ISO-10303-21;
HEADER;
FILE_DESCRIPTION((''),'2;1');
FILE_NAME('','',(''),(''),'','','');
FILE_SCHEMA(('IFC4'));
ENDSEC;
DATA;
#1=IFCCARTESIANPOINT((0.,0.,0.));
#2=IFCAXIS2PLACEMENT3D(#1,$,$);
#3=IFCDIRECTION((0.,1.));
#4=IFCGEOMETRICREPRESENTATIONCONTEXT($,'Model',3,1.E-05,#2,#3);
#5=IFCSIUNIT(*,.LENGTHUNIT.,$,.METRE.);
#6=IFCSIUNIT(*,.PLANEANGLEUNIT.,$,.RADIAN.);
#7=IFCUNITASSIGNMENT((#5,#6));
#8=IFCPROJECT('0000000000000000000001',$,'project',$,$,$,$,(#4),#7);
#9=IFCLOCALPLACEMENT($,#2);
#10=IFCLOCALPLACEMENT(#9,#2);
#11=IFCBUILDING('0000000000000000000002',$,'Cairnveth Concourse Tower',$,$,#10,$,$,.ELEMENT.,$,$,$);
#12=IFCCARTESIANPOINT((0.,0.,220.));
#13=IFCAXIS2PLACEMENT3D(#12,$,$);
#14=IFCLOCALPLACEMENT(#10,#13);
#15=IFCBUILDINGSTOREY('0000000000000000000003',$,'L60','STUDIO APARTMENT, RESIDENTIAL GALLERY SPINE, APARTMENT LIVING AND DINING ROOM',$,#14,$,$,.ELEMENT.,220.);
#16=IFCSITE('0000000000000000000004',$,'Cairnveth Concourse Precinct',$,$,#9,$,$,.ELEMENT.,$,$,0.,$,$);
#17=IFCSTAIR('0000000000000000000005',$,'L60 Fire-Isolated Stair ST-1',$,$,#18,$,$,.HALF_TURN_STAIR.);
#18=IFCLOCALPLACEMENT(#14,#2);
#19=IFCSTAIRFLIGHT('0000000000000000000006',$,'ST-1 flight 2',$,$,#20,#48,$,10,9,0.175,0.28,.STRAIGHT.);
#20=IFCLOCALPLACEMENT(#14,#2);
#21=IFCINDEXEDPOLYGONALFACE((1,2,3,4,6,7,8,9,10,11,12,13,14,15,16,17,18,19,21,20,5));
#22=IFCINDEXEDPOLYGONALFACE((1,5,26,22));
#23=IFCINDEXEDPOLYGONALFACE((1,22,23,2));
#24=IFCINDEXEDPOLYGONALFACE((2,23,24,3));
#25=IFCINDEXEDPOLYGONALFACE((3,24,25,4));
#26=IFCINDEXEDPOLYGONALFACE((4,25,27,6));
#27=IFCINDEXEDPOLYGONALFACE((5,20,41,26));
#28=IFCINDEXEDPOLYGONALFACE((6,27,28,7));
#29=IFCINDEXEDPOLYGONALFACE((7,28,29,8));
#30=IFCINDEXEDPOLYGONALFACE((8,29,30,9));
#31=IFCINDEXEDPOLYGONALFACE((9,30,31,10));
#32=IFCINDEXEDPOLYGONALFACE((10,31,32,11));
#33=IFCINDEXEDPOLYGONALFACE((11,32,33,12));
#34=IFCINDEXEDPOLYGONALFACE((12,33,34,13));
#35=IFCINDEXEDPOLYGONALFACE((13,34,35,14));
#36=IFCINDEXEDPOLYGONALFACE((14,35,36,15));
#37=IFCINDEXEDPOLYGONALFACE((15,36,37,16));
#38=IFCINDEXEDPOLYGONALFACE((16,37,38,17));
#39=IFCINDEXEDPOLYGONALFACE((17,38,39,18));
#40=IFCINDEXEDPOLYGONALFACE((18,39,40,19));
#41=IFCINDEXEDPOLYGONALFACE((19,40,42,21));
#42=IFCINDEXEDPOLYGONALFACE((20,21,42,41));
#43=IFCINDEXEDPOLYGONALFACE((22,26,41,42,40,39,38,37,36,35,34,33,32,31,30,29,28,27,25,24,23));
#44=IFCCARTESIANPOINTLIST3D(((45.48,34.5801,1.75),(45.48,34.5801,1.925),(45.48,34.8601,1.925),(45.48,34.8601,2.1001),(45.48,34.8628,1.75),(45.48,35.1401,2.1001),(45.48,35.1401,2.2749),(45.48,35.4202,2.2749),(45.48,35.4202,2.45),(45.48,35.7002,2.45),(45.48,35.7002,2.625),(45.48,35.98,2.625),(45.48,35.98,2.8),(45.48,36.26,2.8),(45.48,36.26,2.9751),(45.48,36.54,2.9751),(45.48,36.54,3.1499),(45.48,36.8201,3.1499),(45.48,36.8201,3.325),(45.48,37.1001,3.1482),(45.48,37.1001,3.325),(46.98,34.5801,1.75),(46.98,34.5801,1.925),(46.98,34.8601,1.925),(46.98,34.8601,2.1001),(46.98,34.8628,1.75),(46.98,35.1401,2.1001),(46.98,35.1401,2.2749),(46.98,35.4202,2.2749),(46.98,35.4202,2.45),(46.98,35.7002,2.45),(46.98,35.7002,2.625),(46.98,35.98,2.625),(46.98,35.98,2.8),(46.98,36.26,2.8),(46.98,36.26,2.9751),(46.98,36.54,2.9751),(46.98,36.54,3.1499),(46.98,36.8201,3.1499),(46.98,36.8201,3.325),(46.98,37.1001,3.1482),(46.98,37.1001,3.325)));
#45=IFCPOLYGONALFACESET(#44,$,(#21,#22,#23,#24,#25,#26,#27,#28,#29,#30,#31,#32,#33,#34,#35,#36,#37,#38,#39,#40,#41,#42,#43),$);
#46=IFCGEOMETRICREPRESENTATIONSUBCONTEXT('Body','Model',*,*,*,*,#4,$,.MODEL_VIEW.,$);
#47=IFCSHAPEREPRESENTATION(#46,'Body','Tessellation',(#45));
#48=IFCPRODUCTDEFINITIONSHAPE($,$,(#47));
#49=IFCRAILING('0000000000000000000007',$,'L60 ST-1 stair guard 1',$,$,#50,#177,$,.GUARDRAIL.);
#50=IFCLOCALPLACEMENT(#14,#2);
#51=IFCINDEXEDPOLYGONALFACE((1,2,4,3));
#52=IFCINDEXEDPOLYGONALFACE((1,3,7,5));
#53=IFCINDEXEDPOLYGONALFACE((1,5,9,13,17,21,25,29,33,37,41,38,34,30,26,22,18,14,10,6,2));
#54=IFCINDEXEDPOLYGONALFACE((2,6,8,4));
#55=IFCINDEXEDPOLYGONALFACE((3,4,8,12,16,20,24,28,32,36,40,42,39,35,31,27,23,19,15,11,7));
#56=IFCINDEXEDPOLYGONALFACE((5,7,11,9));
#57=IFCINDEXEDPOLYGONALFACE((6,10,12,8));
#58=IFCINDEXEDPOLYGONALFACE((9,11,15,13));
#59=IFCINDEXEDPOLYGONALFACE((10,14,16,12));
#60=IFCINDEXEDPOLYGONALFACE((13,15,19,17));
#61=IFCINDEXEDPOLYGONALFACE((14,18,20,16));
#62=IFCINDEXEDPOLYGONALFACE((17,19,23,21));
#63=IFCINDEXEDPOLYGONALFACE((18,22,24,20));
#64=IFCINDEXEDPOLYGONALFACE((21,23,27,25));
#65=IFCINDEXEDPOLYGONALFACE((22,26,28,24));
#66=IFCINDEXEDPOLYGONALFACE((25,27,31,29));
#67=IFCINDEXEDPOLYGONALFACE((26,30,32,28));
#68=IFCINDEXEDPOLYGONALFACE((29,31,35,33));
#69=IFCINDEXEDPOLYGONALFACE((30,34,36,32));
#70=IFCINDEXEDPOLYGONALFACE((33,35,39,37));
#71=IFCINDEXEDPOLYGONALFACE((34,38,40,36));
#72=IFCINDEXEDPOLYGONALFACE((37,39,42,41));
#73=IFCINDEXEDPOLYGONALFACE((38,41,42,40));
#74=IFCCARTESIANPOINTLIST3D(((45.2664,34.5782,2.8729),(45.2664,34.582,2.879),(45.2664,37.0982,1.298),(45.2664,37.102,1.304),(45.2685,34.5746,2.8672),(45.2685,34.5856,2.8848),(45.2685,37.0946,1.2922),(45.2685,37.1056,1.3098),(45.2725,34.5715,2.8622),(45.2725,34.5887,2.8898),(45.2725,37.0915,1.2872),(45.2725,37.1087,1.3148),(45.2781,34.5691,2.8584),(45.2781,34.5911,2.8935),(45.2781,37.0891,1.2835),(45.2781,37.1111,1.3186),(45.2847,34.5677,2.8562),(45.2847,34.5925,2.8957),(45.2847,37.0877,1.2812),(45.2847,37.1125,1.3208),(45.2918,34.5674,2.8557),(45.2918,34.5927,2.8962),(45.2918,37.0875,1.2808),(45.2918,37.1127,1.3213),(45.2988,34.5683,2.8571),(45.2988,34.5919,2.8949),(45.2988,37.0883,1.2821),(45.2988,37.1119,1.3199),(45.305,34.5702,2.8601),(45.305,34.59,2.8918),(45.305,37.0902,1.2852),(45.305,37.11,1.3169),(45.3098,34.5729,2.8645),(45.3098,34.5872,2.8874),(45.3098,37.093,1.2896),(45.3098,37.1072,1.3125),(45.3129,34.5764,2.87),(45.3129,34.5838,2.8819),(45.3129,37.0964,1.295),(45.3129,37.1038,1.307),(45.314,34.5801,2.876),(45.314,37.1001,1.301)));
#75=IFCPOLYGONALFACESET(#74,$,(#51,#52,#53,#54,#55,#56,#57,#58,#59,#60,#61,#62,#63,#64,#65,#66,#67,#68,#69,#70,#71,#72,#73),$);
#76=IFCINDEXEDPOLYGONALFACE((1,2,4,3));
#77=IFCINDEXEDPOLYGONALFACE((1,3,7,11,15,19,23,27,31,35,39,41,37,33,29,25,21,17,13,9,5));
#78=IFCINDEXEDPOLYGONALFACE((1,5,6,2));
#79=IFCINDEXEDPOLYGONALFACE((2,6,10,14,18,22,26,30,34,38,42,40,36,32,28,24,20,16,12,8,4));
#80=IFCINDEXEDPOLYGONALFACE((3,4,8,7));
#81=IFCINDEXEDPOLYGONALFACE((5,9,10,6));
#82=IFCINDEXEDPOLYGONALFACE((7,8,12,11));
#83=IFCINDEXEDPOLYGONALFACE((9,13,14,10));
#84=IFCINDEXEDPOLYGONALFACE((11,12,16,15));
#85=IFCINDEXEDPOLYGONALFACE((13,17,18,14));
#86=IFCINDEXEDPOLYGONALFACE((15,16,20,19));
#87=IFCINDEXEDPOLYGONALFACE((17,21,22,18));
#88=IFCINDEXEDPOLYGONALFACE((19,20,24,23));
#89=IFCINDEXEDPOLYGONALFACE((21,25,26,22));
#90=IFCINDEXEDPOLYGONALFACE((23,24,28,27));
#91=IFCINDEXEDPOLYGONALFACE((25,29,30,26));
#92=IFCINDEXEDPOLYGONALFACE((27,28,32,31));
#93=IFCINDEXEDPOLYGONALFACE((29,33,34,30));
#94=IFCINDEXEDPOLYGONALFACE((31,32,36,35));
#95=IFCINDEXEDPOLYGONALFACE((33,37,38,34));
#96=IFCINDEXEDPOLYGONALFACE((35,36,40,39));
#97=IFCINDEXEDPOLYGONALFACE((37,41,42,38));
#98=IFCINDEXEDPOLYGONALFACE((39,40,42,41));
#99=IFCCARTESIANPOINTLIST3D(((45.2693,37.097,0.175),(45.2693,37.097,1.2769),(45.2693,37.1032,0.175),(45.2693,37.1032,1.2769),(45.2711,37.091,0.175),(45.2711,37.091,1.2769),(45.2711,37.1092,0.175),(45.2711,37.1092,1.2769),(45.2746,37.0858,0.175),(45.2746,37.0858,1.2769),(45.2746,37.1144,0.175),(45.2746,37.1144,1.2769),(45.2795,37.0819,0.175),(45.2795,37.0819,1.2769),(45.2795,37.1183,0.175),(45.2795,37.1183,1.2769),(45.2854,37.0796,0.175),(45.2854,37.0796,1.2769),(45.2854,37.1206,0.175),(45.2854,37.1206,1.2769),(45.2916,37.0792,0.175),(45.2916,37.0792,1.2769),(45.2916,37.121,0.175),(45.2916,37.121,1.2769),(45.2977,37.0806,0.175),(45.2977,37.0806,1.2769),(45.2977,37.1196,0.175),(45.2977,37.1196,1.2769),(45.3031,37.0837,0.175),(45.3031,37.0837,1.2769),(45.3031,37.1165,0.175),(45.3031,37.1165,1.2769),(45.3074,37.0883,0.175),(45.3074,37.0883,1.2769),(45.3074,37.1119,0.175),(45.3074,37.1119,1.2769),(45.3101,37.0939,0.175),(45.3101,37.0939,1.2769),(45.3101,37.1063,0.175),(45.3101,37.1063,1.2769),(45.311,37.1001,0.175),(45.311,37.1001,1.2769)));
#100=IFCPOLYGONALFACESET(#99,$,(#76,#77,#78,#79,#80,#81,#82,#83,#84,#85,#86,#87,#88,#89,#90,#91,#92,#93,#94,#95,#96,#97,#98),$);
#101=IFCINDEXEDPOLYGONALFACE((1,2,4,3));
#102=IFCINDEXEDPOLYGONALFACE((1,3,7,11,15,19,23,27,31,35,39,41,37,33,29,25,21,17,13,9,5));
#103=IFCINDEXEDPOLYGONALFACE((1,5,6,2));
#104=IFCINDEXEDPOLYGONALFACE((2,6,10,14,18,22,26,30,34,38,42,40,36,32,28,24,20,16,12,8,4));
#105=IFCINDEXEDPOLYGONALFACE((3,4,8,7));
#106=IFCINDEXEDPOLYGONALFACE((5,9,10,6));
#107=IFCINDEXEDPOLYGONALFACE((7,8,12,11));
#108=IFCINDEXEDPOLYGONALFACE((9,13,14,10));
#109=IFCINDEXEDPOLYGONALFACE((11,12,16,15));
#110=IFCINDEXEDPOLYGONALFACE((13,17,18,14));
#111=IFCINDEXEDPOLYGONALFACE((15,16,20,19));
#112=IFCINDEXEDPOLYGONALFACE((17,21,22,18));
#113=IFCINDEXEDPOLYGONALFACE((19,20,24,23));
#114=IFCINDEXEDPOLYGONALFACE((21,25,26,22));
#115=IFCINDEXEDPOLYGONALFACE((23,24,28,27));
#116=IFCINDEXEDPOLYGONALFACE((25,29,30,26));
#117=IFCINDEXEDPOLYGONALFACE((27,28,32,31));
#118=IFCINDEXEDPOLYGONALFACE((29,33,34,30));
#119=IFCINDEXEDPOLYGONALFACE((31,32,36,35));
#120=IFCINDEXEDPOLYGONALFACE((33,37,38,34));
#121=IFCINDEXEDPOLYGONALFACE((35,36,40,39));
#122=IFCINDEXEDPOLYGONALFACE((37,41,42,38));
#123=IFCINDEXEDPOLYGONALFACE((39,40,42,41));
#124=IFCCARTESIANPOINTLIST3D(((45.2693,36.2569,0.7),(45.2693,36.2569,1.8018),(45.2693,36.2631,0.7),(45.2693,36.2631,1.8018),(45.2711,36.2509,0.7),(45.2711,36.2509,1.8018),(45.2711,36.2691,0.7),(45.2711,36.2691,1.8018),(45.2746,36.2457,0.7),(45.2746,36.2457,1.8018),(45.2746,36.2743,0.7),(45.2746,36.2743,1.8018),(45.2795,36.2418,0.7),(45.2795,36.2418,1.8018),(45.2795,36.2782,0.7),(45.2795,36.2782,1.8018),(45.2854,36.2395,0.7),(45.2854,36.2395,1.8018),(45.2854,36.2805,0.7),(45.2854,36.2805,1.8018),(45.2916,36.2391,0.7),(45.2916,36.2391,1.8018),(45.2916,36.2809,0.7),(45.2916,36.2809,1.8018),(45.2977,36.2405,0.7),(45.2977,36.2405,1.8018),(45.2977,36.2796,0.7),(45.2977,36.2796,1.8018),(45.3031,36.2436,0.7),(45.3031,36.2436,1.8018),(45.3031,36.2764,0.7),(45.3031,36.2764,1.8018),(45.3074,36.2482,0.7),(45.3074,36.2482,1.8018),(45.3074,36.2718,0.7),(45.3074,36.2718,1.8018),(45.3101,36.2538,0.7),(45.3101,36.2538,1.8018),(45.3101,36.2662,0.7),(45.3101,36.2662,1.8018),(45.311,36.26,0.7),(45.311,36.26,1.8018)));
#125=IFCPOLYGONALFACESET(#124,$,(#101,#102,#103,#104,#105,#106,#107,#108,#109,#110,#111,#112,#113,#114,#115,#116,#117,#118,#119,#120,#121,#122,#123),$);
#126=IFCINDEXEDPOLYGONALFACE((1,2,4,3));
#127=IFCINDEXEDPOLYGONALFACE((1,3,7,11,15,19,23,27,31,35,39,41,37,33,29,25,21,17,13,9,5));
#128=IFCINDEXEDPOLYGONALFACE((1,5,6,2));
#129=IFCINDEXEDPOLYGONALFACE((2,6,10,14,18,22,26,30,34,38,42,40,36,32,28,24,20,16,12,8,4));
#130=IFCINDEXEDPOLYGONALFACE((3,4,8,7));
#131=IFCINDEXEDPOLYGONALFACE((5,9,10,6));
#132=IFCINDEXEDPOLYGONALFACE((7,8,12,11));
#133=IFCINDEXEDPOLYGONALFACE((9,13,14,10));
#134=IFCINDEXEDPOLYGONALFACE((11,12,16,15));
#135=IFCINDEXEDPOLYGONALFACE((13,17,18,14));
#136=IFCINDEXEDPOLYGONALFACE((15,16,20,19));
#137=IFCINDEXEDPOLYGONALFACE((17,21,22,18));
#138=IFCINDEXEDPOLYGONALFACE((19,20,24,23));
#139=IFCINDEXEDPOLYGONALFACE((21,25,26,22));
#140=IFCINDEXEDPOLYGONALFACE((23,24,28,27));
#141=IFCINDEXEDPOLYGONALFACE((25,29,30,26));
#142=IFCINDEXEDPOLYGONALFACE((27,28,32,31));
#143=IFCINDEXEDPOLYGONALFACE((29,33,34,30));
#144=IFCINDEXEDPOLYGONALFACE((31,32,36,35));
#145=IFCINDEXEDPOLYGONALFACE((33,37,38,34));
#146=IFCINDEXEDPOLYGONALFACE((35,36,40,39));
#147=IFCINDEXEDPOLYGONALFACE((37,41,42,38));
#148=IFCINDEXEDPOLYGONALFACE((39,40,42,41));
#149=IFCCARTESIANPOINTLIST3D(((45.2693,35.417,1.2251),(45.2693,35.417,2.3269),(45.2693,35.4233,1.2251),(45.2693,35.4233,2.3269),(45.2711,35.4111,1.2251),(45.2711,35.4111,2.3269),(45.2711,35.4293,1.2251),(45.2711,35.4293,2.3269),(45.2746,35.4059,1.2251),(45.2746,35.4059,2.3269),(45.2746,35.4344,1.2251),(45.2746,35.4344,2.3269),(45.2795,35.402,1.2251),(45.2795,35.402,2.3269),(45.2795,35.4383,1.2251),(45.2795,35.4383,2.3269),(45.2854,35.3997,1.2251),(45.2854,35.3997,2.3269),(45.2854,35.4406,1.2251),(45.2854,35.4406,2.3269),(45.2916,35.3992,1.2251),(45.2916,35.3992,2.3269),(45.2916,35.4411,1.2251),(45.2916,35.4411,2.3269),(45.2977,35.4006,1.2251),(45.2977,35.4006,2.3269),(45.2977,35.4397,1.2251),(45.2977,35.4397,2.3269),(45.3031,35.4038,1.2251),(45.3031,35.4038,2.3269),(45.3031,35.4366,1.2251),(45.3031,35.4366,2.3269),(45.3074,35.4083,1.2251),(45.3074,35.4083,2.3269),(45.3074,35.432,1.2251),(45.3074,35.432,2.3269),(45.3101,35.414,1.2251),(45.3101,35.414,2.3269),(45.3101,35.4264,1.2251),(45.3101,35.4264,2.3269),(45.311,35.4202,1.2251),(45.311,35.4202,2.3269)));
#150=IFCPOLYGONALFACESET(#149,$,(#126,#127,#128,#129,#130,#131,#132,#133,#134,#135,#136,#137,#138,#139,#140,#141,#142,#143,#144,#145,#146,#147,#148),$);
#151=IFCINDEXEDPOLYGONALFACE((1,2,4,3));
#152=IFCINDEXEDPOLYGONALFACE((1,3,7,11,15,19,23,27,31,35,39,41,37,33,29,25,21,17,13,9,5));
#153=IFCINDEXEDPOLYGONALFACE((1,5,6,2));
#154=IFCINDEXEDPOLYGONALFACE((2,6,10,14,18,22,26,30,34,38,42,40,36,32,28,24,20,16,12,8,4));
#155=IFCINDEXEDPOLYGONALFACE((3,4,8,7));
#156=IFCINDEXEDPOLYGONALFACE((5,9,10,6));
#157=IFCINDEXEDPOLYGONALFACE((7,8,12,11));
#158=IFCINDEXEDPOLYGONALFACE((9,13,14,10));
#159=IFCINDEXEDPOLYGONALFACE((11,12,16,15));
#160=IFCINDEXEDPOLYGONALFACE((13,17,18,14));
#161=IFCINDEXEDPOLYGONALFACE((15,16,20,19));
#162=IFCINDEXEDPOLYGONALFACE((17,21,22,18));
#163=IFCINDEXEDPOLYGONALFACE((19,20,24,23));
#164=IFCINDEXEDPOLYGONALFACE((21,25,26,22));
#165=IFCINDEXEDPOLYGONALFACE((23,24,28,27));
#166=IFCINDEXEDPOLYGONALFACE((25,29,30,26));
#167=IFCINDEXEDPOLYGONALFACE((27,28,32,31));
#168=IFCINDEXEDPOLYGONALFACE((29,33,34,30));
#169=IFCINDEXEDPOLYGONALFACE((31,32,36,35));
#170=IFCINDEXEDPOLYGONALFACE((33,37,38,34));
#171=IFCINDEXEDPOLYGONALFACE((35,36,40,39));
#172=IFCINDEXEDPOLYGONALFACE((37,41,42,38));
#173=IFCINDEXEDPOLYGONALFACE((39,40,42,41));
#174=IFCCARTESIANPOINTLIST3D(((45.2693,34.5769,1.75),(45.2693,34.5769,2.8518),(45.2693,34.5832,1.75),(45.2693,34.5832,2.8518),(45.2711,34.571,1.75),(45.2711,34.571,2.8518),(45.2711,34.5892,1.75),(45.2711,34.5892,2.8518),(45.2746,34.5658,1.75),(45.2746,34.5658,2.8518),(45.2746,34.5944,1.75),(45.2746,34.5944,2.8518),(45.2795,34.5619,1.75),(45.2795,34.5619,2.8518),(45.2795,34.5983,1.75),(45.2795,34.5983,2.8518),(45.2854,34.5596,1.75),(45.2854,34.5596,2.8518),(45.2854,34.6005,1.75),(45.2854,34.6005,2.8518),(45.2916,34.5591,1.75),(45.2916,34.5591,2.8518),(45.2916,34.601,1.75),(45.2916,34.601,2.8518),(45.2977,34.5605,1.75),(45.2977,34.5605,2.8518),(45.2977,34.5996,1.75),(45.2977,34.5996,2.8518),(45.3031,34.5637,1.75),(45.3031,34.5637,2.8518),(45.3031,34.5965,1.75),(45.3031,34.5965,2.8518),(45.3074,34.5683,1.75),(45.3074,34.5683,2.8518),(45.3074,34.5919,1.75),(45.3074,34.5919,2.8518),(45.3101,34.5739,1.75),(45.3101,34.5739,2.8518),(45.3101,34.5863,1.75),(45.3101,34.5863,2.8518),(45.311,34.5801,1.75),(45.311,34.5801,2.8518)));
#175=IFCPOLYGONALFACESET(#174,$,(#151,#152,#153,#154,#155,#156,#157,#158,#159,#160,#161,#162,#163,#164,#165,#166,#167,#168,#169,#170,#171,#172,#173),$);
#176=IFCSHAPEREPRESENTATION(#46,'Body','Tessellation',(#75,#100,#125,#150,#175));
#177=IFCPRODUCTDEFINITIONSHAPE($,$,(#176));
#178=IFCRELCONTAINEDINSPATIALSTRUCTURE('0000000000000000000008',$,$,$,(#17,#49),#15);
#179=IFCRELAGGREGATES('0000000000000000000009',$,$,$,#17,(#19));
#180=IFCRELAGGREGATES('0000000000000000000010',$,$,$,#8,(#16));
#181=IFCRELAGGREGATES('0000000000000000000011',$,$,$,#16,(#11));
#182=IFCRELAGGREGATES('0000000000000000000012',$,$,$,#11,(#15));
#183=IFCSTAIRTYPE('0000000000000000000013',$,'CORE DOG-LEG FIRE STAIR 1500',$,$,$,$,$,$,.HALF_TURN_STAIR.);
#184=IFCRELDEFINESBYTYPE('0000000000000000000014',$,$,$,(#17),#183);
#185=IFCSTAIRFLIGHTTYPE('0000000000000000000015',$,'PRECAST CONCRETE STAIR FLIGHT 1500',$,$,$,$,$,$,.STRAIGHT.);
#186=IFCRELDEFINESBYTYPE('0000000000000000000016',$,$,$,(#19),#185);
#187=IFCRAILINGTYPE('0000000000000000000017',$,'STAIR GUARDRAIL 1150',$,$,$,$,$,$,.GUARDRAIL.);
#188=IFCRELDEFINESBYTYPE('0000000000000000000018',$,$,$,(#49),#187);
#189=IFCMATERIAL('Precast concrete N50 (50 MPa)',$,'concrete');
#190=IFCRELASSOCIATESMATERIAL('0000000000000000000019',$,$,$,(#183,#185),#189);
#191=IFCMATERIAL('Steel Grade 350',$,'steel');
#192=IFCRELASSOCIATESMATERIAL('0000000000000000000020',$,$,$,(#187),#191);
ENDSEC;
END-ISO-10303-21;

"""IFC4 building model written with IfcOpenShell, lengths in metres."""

from ifc_helpers import new_model, si_unit, direction, frame, origin, origin_2d, place, context, subcontext, project, spatial, polyline, circle, outline, extrude, material, type_object, element, aggregate, save


model = new_model("IFC4")

# Units and contexts
model_context = context("Model", 3, precision=1e-05, world=origin(), true_north=direction((0.0, 1.0)))
body_context = subcontext(model_context, "Body", "Model", "MODEL_VIEW")
ifc_project = project(units=[si_unit("LENGTHUNIT", "METRE"), si_unit("PLANEANGLEUNIT", "RADIAN")], contexts=[model_context])

# Site, building, storey
site_placement = place(None, origin())
site = spatial("IfcSite", under=ifc_project, at=site_placement, Name="Cairnveth Concourse Precinct", CompositionType="ELEMENT", RefElevation=0.0)
building_placement = place(site_placement, origin())
building = spatial("IfcBuilding", under=site, at=building_placement, Name="Cairnveth Concourse Tower", CompositionType="ELEMENT")
storey_placement = place(building_placement, frame((0.0, 0.0, 220.0)))
storey = spatial("IfcBuildingStorey", under=building, at=storey_placement, Name="L60", Description="STUDIO APARTMENT, RESIDENTIAL GALLERY SPINE, APARTMENT LIVING AND DINING ROOM", CompositionType="ELEMENT", Elevation=220.0)

# Shared definitions
ifc_material_1 = material(Name="Steel Grade 350", Category="steel")

# Stair, stair flight
ifc_material_2 = material(Name="Precast concrete N50 (50 MPa)", Category="concrete")
stair_type = type_object("IfcStairType", Name="CORE DOG-LEG FIRE STAIR 1500", PredefinedType="HALF_TURN_STAIR", material=ifc_material_2)
stair_placement = place(storey_placement, origin())
stair = element("IfcStair", 1, at=stair_placement, inside=storey, type_object=stair_type, Name="L60 Fire-Isolated Stair ST-1", PredefinedType="HALF_TURN_STAIR")
stair_flight_type = type_object("IfcStairFlightType", Name="PRECAST CONCRETE STAIR FLIGHT 1500", PredefinedType="STRAIGHT", material=ifc_material_2)
stair_flight_1_placement = place(storey_placement, frame((46.23, 34.5801, 1.75), z_axis=(0.0, 0.0, 1.0), x_axis=(0.0, 1.0, 0.0)))
stair_flight_1 = element("IfcStairFlight", 2, at=stair_flight_1_placement, type_object=stair_flight_type, Name="ST-1 flight 2", NumberOfRisers=10, NumberOfTreads=9, PredefinedType="STRAIGHT", RiserHeight=0.175, TreadLength=0.28, context=body_context, shape_type="SweptSolid", body=[
    extrude(outline(polyline([(0.0, 0.0), (0.0, 0.175), (0.28, 0.175), (0.28, 0.3501), (0.5601, 0.3501), (0.5601, 0.5249), (0.8401, 0.5249), (0.8401, 0.7), (1.1201, 0.7), (1.1201, 0.875), (1.3999, 0.875), (1.3999, 1.05), (1.6799, 1.05), (1.6799, 1.2251), (1.96, 1.2251), (1.96, 1.3999), (2.24, 1.3999), (2.24, 1.575), (2.52, 1.575), (2.52, 1.75), (2.52, 1.3982), (0.2827, 0.0), (0.0, 0.0)])), frame((0.0, 0.75, 0.0), z_axis=(0.0, -1.0, 0.0), x_axis=(1.0, 0.0, 0.0)), (0.0, 0.0, 1.0), 1.5),
])
aggregate(stair, [stair_flight_1])

# Railing
railing_type_1 = type_object("IfcRailingType", Name="STAIR GUARDRAIL 1150", PredefinedType="GUARDRAIL", material=ifc_material_1)
railing_1_placement = place(storey_placement, frame((45.29, 37.1001, 0.175)))
element("IfcRailing", 3, at=railing_1_placement, inside=storey, type_object=railing_type_1, Name="L60 ST-1 stair guard 1", PredefinedType="GUARDRAIL", context=body_context, shape_type="SweptSolid", body=[
    extrude(circle(Radius=0.0239, at=origin_2d()), frame((0.0, 0.0, 1.126), z_axis=(0.0, -0.848008, 0.529984), x_axis=(1.0, 0.0, 0.0)), (0.0, 0.0, 1.0), 2.9717),
    extrude(circle(Radius=0.021, at=origin_2d()), origin(), (0.0, 0.0, 1.0), 1.1018),
    extrude(circle(Radius=0.021, at=origin_2d()), frame((0.0, -0.8401, 0.5249)), (0.0, 0.0, 1.0), 1.1018),
    extrude(circle(Radius=0.021, at=origin_2d()), frame((0.0, -1.6799, 1.05)), (0.0, 0.0, 1.0), 1.1018),
    extrude(circle(Radius=0.021, at=origin_2d()), frame((0.0, -2.52, 1.575)), (0.0, 0.0, 1.0), 1.1018),
])

save(model, "model.ifc")
